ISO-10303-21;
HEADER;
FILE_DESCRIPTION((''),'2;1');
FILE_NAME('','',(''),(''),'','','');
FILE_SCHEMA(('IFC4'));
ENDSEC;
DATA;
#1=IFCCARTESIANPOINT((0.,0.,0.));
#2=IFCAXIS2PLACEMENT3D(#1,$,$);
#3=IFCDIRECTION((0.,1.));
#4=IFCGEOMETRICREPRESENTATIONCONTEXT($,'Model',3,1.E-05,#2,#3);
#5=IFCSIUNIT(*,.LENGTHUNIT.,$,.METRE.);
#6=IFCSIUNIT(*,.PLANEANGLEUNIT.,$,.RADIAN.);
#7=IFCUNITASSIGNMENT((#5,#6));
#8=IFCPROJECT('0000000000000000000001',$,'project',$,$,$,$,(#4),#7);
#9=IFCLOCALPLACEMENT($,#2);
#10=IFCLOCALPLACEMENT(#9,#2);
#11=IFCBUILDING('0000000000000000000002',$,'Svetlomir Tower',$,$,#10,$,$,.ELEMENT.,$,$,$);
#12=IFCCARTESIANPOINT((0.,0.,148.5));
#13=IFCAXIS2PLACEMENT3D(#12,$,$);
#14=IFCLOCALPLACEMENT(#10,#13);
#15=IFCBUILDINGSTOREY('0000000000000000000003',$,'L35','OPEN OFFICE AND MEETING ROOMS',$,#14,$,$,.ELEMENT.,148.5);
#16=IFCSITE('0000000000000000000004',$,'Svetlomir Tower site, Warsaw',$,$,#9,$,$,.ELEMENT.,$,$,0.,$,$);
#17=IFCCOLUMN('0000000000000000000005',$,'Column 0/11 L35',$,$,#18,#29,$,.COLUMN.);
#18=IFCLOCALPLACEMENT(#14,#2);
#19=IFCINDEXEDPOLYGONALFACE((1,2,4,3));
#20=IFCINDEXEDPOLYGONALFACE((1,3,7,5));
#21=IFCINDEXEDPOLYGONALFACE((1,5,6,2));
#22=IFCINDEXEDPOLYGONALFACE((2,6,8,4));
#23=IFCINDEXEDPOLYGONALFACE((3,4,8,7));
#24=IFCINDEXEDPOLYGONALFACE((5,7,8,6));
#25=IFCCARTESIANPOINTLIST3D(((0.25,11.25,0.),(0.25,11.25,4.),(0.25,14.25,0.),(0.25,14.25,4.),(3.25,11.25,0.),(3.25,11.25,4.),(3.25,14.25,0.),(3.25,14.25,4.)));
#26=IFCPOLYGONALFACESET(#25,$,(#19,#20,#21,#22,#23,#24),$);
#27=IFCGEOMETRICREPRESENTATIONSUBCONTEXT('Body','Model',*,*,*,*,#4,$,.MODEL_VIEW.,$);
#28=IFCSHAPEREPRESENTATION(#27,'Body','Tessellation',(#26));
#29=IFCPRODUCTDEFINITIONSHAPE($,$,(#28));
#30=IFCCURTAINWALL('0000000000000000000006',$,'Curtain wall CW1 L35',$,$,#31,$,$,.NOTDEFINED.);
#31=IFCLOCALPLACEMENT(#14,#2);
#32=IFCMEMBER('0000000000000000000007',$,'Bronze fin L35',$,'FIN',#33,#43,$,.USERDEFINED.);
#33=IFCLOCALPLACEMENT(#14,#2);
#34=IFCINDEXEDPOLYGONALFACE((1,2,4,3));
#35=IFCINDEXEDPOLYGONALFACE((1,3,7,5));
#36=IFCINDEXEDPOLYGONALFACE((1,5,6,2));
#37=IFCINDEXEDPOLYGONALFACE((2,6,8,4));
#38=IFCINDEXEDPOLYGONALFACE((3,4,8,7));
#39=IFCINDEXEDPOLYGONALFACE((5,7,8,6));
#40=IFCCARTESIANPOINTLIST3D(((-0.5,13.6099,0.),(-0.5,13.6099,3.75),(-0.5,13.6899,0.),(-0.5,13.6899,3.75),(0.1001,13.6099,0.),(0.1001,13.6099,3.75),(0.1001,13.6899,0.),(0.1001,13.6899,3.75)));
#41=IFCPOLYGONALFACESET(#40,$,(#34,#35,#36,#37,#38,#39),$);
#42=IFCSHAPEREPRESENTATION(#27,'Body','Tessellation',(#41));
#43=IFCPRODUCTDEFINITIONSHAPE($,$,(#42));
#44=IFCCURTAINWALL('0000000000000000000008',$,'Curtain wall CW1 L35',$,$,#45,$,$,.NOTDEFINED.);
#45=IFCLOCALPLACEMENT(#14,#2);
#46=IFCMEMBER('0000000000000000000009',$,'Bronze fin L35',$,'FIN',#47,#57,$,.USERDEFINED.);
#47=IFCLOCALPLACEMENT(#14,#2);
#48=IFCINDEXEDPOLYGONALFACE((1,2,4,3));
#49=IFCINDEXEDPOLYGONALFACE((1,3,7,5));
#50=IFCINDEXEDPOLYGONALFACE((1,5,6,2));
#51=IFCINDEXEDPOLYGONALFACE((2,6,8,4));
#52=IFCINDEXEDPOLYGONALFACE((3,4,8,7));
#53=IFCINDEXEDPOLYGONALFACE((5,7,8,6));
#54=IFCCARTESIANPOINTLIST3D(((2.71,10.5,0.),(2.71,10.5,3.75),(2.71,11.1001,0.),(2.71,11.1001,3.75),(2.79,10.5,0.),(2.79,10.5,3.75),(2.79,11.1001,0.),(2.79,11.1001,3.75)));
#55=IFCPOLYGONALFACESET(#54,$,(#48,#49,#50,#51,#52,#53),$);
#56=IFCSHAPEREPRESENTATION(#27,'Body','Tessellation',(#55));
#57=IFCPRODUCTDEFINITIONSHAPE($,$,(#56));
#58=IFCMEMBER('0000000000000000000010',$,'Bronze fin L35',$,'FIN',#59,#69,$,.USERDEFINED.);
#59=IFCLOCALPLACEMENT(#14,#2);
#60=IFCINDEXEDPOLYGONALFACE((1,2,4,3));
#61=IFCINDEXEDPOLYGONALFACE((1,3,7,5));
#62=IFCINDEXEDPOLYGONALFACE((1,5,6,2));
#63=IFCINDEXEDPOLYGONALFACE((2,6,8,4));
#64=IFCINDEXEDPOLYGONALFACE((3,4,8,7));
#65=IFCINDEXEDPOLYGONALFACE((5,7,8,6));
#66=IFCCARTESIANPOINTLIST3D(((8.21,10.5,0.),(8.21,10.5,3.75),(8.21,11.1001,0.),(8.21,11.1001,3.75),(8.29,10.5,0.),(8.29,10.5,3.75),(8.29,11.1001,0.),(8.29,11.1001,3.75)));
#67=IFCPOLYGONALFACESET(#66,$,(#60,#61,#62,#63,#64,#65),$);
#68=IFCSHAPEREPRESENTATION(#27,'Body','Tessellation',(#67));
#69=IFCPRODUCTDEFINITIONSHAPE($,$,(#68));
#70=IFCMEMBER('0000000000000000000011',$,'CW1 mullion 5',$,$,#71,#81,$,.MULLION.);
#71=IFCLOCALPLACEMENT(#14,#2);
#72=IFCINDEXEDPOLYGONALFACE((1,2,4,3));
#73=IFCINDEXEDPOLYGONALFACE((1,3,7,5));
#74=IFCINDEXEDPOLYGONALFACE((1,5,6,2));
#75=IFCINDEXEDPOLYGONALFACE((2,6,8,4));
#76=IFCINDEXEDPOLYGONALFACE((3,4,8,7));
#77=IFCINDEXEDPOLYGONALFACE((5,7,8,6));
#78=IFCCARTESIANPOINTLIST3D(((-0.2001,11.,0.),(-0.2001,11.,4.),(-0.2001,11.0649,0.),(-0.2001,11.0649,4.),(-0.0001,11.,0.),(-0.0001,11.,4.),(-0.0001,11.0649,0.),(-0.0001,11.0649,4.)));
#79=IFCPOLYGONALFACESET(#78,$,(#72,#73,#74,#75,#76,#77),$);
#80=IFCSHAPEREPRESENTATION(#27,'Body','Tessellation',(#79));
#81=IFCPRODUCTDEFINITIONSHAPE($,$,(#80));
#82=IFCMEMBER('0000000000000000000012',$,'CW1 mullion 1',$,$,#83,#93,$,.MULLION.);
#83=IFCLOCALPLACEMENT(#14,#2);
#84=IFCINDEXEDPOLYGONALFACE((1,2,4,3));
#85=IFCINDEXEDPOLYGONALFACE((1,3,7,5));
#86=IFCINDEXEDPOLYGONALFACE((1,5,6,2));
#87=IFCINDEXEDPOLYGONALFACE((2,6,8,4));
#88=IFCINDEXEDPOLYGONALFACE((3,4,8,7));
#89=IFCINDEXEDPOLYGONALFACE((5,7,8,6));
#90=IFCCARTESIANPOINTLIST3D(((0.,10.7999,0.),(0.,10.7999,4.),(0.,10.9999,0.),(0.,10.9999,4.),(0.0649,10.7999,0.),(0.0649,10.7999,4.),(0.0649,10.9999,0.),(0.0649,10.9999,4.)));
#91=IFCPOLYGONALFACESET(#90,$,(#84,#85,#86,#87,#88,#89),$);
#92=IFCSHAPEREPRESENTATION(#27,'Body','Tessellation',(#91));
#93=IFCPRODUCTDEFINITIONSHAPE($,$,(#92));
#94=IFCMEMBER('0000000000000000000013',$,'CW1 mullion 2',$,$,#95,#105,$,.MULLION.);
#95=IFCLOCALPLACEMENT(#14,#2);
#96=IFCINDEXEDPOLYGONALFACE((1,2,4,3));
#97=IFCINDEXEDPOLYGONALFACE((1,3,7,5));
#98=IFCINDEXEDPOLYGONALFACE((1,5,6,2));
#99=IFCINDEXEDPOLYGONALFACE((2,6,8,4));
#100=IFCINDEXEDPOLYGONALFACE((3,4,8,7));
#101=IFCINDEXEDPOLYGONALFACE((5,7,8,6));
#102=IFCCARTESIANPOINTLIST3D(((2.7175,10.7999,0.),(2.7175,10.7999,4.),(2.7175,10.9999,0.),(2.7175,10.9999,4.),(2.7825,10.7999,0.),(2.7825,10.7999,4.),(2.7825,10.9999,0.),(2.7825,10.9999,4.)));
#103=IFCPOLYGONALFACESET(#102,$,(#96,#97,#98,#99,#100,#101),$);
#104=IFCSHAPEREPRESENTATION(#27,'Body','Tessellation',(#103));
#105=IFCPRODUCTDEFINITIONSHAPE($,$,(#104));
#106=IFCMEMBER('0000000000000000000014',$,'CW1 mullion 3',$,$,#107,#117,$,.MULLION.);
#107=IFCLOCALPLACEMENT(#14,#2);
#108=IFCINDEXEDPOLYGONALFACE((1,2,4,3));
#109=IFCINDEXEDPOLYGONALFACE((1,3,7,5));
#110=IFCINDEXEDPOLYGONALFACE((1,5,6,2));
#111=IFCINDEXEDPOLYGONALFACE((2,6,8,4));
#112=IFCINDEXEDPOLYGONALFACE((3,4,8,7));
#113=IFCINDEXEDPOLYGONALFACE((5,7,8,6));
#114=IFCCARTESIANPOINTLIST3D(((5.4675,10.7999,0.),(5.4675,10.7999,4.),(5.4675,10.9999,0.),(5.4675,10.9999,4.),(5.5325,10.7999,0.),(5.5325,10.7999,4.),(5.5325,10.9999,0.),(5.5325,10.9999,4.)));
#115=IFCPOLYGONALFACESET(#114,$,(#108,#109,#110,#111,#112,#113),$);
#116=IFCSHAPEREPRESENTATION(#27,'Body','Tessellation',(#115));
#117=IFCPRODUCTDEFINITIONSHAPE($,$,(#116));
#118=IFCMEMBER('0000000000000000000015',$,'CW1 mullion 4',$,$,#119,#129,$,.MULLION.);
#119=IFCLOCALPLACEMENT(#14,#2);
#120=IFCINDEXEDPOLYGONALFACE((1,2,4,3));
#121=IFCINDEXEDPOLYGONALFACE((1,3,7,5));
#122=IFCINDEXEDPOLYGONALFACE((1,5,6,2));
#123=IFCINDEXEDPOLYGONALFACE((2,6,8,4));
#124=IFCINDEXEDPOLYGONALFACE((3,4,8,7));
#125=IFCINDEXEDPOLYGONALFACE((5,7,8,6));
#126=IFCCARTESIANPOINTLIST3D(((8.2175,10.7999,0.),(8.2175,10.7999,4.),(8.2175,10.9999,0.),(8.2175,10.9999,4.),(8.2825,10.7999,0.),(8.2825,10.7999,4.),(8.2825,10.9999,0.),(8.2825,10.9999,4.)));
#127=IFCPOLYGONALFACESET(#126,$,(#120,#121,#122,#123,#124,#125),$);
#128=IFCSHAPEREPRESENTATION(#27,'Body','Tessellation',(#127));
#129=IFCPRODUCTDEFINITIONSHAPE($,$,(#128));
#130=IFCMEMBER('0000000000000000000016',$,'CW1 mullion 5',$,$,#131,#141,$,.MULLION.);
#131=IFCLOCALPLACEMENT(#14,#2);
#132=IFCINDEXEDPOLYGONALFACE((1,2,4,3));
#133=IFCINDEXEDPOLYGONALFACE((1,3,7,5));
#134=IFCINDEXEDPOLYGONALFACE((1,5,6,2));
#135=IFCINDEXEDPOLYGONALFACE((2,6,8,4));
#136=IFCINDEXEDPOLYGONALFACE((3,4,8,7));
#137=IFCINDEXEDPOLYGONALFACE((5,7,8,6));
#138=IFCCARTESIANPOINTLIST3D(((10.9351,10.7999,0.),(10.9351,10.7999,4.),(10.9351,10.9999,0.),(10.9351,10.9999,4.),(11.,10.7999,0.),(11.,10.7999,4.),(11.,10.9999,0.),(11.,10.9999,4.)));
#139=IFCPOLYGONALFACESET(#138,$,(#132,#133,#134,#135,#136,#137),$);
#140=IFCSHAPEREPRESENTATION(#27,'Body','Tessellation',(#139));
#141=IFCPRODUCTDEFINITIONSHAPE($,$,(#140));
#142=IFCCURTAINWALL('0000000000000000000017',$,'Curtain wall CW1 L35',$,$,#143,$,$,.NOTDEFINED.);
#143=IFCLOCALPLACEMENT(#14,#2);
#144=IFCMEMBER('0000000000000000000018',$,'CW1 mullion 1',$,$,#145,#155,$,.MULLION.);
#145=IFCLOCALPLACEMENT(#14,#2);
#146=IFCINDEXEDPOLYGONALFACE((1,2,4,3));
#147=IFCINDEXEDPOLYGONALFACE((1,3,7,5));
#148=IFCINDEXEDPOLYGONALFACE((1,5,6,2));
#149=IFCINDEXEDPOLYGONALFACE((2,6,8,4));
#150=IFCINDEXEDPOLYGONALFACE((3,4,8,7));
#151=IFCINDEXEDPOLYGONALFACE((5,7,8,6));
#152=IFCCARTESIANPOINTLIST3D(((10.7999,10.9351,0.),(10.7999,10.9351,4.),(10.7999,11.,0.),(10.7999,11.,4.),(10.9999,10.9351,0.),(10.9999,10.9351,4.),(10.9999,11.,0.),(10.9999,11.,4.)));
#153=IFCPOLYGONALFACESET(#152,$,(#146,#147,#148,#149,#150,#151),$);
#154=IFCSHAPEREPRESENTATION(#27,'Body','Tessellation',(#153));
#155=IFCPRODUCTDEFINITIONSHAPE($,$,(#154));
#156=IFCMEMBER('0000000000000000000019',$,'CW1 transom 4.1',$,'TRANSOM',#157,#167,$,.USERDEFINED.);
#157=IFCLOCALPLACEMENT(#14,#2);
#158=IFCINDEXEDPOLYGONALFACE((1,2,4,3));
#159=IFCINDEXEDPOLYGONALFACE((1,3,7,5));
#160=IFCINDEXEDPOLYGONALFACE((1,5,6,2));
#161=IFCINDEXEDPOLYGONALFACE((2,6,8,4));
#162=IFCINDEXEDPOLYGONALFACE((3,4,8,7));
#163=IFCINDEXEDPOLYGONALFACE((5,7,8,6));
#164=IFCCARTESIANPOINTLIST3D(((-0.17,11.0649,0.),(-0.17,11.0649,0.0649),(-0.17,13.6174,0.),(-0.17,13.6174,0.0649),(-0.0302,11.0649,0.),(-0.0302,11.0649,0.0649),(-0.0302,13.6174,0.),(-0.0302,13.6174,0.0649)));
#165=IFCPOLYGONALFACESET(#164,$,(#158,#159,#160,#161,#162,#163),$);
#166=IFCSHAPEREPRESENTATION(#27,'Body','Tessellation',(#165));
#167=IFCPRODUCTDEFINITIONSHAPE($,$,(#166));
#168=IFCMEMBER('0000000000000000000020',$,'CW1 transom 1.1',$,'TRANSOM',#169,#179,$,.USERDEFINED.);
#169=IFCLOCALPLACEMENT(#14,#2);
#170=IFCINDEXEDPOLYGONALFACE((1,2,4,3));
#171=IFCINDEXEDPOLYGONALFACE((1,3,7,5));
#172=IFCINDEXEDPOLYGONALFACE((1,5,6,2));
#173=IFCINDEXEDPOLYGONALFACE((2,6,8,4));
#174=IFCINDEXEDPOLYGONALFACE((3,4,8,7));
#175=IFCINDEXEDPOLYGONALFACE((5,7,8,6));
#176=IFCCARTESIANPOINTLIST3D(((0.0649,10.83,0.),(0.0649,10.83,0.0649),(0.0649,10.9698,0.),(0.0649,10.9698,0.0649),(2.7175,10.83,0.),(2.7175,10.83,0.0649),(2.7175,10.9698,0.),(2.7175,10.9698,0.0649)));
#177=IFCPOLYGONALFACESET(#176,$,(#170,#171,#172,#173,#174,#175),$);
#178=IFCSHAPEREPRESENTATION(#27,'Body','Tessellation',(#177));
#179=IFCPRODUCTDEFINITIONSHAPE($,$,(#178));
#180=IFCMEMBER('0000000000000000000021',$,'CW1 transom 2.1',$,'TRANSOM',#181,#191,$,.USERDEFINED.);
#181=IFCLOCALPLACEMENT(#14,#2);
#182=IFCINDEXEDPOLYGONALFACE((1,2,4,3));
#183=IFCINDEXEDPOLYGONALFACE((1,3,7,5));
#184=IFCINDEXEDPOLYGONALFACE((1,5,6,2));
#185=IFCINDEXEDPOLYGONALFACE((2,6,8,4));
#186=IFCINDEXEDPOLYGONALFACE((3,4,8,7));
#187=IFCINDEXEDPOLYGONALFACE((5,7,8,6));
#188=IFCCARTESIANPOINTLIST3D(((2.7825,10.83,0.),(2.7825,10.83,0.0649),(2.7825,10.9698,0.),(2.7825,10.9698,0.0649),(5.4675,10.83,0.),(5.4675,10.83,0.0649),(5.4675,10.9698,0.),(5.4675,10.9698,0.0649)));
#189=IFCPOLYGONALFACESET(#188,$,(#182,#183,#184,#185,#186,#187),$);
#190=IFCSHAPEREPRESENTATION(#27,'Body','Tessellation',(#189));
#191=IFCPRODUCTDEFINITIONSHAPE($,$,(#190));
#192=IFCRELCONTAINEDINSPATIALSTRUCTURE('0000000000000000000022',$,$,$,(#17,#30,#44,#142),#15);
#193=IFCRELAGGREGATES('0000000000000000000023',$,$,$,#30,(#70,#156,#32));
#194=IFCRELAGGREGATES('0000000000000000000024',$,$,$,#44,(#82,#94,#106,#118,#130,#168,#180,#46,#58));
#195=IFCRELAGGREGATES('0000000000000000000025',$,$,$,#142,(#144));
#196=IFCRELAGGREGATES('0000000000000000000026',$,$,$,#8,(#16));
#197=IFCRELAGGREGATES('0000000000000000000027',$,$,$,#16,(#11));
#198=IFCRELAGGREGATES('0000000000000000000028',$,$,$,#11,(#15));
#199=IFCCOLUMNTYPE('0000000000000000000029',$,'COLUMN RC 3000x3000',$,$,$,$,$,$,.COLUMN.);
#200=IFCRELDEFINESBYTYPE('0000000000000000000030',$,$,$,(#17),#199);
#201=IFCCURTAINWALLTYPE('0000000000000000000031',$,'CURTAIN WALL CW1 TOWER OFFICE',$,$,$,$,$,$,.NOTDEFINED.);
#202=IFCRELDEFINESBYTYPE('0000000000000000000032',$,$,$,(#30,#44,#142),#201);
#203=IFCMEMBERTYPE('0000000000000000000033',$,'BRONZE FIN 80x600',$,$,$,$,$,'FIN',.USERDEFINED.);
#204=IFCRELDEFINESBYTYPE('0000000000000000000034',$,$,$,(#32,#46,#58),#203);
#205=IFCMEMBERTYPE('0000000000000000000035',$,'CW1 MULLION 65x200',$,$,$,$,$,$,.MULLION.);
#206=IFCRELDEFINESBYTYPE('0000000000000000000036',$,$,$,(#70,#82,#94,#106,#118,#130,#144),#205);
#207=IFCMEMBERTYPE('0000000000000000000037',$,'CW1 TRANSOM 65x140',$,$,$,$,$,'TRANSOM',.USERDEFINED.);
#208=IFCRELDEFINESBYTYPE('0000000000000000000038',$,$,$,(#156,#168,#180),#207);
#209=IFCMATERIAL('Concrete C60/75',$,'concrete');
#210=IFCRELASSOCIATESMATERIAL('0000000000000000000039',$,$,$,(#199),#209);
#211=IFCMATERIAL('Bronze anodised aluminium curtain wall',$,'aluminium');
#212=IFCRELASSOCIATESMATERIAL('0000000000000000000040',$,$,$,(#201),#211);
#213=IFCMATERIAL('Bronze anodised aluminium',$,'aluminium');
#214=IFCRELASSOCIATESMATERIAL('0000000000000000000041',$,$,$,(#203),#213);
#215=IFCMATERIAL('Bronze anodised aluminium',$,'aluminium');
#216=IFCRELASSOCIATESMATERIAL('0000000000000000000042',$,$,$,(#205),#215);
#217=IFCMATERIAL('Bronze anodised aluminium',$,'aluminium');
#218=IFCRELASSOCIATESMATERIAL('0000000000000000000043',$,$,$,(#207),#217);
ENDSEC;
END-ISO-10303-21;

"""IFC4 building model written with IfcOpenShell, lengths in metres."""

from ifc_helpers import new_model, si_unit, direction, frame, origin, origin_2d, place, context, subcontext, project, spatial, rectangle, extrude, material, material_profile, profile_set, type_object, element, aggregate, save


model = new_model("IFC4")

# Units and contexts
model_context = context("Model", 3, precision=1e-05, world=origin(), true_north=direction((0.0, 1.0)))
body_context = subcontext(model_context, "Body", "Model", "MODEL_VIEW")
ifc_project = project(units=[si_unit("LENGTHUNIT", "METRE"), si_unit("PLANEANGLEUNIT", "RADIAN")], contexts=[model_context])

# Site, building, storey
site_placement = place(None, origin())
site = spatial("IfcSite", under=ifc_project, at=site_placement, Name="Svetlomir Tower site, Warsaw", CompositionType="ELEMENT", RefElevation=0.0)
building_placement = place(site_placement, origin())
building = spatial("IfcBuilding", under=site, at=building_placement, Name="Svetlomir Tower", CompositionType="ELEMENT")
storey_placement = place(building_placement, frame((0.0, 0.0, 148.5)))
storey = spatial("IfcBuildingStorey", under=building, at=storey_placement, Name="L35", Description="OPEN OFFICE AND MEETING ROOMS", CompositionType="ELEMENT", Elevation=148.5)

# Column
ifc_material_1 = material(Name="Concrete C60/75", Category="concrete")
ifc_material_profile_1 = material_profile(ifc_material_1, rectangle(XDim=3.0, YDim=3.0, at=origin_2d()), Name="RC 3000x3000")
ifc_profile_set_1 = profile_set([ifc_material_profile_1], Name="Concrete C60/75")
column_type = type_object("IfcColumnType", Name="COLUMN RC 3000x3000", PredefinedType="COLUMN", material=ifc_profile_set_1)
column_placement = place(storey_placement, frame((1.75, 12.75, 0.0), z_axis=(0.0, 0.0, 1.0), x_axis=(1.0, 0.0, 0.0)))
element("IfcColumn", 1, at=column_placement, inside=storey, type_object=column_type, Name="Column 0/11 L35", PredefinedType="COLUMN", context=body_context, shape_type="SweptSolid", body=[
    extrude(rectangle(XDim=3.0, YDim=3.0, at=origin_2d()), origin(), (0.0, 0.0, 1.0), 4.0),
])

# Curtain wall, member
ifc_material_2 = material(Name="Bronze anodised aluminium curtain wall", Category="aluminium")
curtain_wall_type = type_object("IfcCurtainWallType", Name="CURTAIN WALL CW1 TOWER OFFICE", PredefinedType="NOTDEFINED", material=ifc_material_2)
curtain_wall_1_placement = place(storey_placement, origin())
curtain_wall_1 = element("IfcCurtainWall", 2, at=curtain_wall_1_placement, inside=storey, type_object=curtain_wall_type, Name="Curtain wall CW1 L35", PredefinedType="NOTDEFINED")
ifc_material_3 = material(Name="Bronze anodised aluminium", Category="aluminium")
ifc_material_profile_2 = material_profile(ifc_material_3, rectangle(XDim=0.0801, YDim=0.6001, at=origin_2d()), Name="FIN 80x600")
ifc_profile_set_2 = profile_set([ifc_material_profile_2], Name="Bronze anodised aluminium 6063-T6")
member_type_1 = type_object("IfcMemberType", Name="BRONZE FIN 80x600", ElementType="FIN", PredefinedType="USERDEFINED", material=ifc_profile_set_2)
member_1_placement = place(storey_placement, frame((-0.2, 13.6499, 0.0), z_axis=(0.0, 0.0, 1.0), x_axis=(0.0, 1.0, 0.0)))
member_1 = element("IfcMember", 3, at=member_1_placement, type_object=member_type_1, Name="Bronze fin L35", ObjectType="FIN", PredefinedType="USERDEFINED", context=body_context, shape_type="SweptSolid", body=[
    extrude(rectangle(XDim=0.0801, YDim=0.6001, at=origin_2d()), origin(), (0.0, 0.0, 1.0), 3.75),
])

# Curtain wall, members
curtain_wall_2_placement = place(storey_placement, origin())
curtain_wall_2 = element("IfcCurtainWall", 4, at=curtain_wall_2_placement, inside=storey, type_object=curtain_wall_type, Name="Curtain wall CW1 L35", PredefinedType="NOTDEFINED")
member_2_placement = place(storey_placement, frame((2.75, 10.8, 0.0), z_axis=(0.0, 0.0, 1.0), x_axis=(1.0, 0.0, 0.0)))
member_2 = element("IfcMember", 5, at=member_2_placement, type_object=member_type_1, Name="Bronze fin L35", ObjectType="FIN", PredefinedType="USERDEFINED", context=body_context, shape_type="SweptSolid", body=[
    extrude(rectangle(XDim=0.0801, YDim=0.6001, at=origin_2d()), origin(), (0.0, 0.0, 1.0), 3.75),
])
member_3_placement = place(storey_placement, frame((8.25, 10.8, 0.0), z_axis=(0.0, 0.0, 1.0), x_axis=(1.0, 0.0, 0.0)))
member_3 = element("IfcMember", 6, at=member_3_placement, type_object=member_type_1, Name="Bronze fin L35", ObjectType="FIN", PredefinedType="USERDEFINED", context=body_context, shape_type="SweptSolid", body=[
    extrude(rectangle(XDim=0.0801, YDim=0.6001, at=origin_2d()), origin(), (0.0, 0.0, 1.0), 3.75),
])

# Members
ifc_material_4 = material(Name="Bronze anodised aluminium", Category="aluminium")
ifc_material_profile_3 = material_profile(ifc_material_4, rectangle(XDim=0.0649, YDim=0.2, at=origin_2d()), Name="AL 65x200")
ifc_profile_set_3 = profile_set([ifc_material_profile_3], Name="Bronze anodised aluminium 6063-T6")
member_type_2 = type_object("IfcMemberType", Name="CW1 MULLION 65x200", PredefinedType="MULLION", material=ifc_profile_set_3)
member_4_placement = place(storey_placement, frame((-0.1001, 11.0325, 0.0), z_axis=(0.0, 0.0, 1.0), x_axis=(0.0, -1.0, 0.0)))
member_4 = element("IfcMember", 7, at=member_4_placement, type_object=member_type_2, Name="CW1 mullion 5", PredefinedType="MULLION", context=body_context, shape_type="SweptSolid", body=[
    extrude(rectangle(XDim=0.0649, YDim=0.2, at=origin_2d()), origin(), (0.0, 0.0, 1.0), 4.0),
])
member_5_placement = place(storey_placement, frame((0.0325, 10.8999, 0.0), z_axis=(0.0, 0.0, 1.0), x_axis=(1.0, 0.0, 0.0)))
member_5 = element("IfcMember", 8, at=member_5_placement, type_object=member_type_2, Name="CW1 mullion 1", PredefinedType="MULLION", context=body_context, shape_type="SweptSolid", body=[
    extrude(rectangle(XDim=0.0649, YDim=0.2, at=origin_2d()), origin(), (0.0, 0.0, 1.0), 4.0),
])
member_6_placement = place(storey_placement, frame((2.75, 10.8999, 0.0), z_axis=(0.0, 0.0, 1.0), x_axis=(1.0, 0.0, 0.0)))
member_6 = element("IfcMember", 9, at=member_6_placement, type_object=member_type_2, Name="CW1 mullion 2", PredefinedType="MULLION", context=body_context, shape_type="SweptSolid", body=[
    extrude(rectangle(XDim=0.0649, YDim=0.2, at=origin_2d()), origin(), (0.0, 0.0, 1.0), 4.0),
])
member_7_placement = place(storey_placement, frame((5.5, 10.8999, 0.0), z_axis=(0.0, 0.0, 1.0), x_axis=(1.0, 0.0, 0.0)))
member_7 = element("IfcMember", 10, at=member_7_placement, type_object=member_type_2, Name="CW1 mullion 3", PredefinedType="MULLION", context=body_context, shape_type="SweptSolid", body=[
    extrude(rectangle(XDim=0.0649, YDim=0.2, at=origin_2d()), origin(), (0.0, 0.0, 1.0), 4.0),
])
member_8_placement = place(storey_placement, frame((8.25, 10.8999, 0.0), z_axis=(0.0, 0.0, 1.0), x_axis=(1.0, 0.0, 0.0)))
member_8 = element("IfcMember", 11, at=member_8_placement, type_object=member_type_2, Name="CW1 mullion 4", PredefinedType="MULLION", context=body_context, shape_type="SweptSolid", body=[
    extrude(rectangle(XDim=0.0649, YDim=0.2, at=origin_2d()), origin(), (0.0, 0.0, 1.0), 4.0),
])
member_9_placement = place(storey_placement, frame((10.9675, 10.8999, 0.0), z_axis=(0.0, 0.0, 1.0), x_axis=(1.0, 0.0, 0.0)))
member_9 = element("IfcMember", 12, at=member_9_placement, type_object=member_type_2, Name="CW1 mullion 5", PredefinedType="MULLION", context=body_context, shape_type="SweptSolid", body=[
    extrude(rectangle(XDim=0.0649, YDim=0.2, at=origin_2d()), origin(), (0.0, 0.0, 1.0), 4.0),
])

# Curtain wall, member
curtain_wall_3_placement = place(storey_placement, origin())
curtain_wall_3 = element("IfcCurtainWall", 13, at=curtain_wall_3_placement, inside=storey, type_object=curtain_wall_type, Name="Curtain wall CW1 L35", PredefinedType="NOTDEFINED")
member_10_placement = place(storey_placement, frame((10.8999, 10.9675, 0.0), z_axis=(0.0, 0.0, 1.0), x_axis=(0.0, -1.0, 0.0)))
member_10 = element("IfcMember", 14, at=member_10_placement, type_object=member_type_2, Name="CW1 mullion 1", PredefinedType="MULLION", context=body_context, shape_type="SweptSolid", body=[
    extrude(rectangle(XDim=0.0649, YDim=0.2, at=origin_2d()), origin(), (0.0, 0.0, 1.0), 4.0),
])

# Members
ifc_material_5 = material(Name="Bronze anodised aluminium", Category="aluminium")
ifc_material_profile_4 = material_profile(ifc_material_5, rectangle(XDim=0.1399, YDim=0.0649, at=origin_2d()), Name="AL 140x65")
ifc_profile_set_4 = profile_set([ifc_material_profile_4], Name="Bronze anodised aluminium 6063-T6")
member_type_3 = type_object("IfcMemberType", Name="CW1 TRANSOM 65x140", ElementType="TRANSOM", PredefinedType="USERDEFINED", material=ifc_profile_set_4)
member_11_placement = place(storey_placement, frame((-0.1001, 13.6174, 0.0325), z_axis=(0.0, -1.0, 0.0), x_axis=(1.0, 0.0, 0.0)))
member_11 = element("IfcMember", 15, at=member_11_placement, type_object=member_type_3, Name="CW1 transom 4.1", ObjectType="TRANSOM", PredefinedType="USERDEFINED", context=body_context, shape_type="SweptSolid", body=[
    extrude(rectangle(XDim=0.1399, YDim=0.0649, at=origin_2d()), origin(), (0.0, 0.0, 1.0), 2.5525),
])
member_12_placement = place(storey_placement, frame((0.0649, 10.8999, 0.0325), z_axis=(1.0, 0.0, 0.0), x_axis=(0.0, 1.0, 0.0)))
member_12 = element("IfcMember", 16, at=member_12_placement, type_object=member_type_3, Name="CW1 transom 1.1", ObjectType="TRANSOM", PredefinedType="USERDEFINED", context=body_context, shape_type="SweptSolid", body=[
    extrude(rectangle(XDim=0.1399, YDim=0.0649, at=origin_2d()), origin(), (0.0, 0.0, 1.0), 2.6526),
])
member_13_placement = place(storey_placement, frame((2.7825, 10.8999, 0.0325), z_axis=(1.0, 0.0, 0.0), x_axis=(0.0, 1.0, 0.0)))
member_13 = element("IfcMember", 17, at=member_13_placement, type_object=member_type_3, Name="CW1 transom 2.1", ObjectType="TRANSOM", PredefinedType="USERDEFINED", context=body_context, shape_type="SweptSolid", body=[
    extrude(rectangle(XDim=0.1399, YDim=0.0649, at=origin_2d()), origin(), (0.0, 0.0, 1.0), 2.6851),
])

aggregate(curtain_wall_1, [member_4, member_11, member_1])
aggregate(curtain_wall_2, [member_5, member_6, member_7, member_8, member_9, member_12, member_13, member_2, member_3])
aggregate(curtain_wall_3, [member_10])

save(model, "model.ifc")
